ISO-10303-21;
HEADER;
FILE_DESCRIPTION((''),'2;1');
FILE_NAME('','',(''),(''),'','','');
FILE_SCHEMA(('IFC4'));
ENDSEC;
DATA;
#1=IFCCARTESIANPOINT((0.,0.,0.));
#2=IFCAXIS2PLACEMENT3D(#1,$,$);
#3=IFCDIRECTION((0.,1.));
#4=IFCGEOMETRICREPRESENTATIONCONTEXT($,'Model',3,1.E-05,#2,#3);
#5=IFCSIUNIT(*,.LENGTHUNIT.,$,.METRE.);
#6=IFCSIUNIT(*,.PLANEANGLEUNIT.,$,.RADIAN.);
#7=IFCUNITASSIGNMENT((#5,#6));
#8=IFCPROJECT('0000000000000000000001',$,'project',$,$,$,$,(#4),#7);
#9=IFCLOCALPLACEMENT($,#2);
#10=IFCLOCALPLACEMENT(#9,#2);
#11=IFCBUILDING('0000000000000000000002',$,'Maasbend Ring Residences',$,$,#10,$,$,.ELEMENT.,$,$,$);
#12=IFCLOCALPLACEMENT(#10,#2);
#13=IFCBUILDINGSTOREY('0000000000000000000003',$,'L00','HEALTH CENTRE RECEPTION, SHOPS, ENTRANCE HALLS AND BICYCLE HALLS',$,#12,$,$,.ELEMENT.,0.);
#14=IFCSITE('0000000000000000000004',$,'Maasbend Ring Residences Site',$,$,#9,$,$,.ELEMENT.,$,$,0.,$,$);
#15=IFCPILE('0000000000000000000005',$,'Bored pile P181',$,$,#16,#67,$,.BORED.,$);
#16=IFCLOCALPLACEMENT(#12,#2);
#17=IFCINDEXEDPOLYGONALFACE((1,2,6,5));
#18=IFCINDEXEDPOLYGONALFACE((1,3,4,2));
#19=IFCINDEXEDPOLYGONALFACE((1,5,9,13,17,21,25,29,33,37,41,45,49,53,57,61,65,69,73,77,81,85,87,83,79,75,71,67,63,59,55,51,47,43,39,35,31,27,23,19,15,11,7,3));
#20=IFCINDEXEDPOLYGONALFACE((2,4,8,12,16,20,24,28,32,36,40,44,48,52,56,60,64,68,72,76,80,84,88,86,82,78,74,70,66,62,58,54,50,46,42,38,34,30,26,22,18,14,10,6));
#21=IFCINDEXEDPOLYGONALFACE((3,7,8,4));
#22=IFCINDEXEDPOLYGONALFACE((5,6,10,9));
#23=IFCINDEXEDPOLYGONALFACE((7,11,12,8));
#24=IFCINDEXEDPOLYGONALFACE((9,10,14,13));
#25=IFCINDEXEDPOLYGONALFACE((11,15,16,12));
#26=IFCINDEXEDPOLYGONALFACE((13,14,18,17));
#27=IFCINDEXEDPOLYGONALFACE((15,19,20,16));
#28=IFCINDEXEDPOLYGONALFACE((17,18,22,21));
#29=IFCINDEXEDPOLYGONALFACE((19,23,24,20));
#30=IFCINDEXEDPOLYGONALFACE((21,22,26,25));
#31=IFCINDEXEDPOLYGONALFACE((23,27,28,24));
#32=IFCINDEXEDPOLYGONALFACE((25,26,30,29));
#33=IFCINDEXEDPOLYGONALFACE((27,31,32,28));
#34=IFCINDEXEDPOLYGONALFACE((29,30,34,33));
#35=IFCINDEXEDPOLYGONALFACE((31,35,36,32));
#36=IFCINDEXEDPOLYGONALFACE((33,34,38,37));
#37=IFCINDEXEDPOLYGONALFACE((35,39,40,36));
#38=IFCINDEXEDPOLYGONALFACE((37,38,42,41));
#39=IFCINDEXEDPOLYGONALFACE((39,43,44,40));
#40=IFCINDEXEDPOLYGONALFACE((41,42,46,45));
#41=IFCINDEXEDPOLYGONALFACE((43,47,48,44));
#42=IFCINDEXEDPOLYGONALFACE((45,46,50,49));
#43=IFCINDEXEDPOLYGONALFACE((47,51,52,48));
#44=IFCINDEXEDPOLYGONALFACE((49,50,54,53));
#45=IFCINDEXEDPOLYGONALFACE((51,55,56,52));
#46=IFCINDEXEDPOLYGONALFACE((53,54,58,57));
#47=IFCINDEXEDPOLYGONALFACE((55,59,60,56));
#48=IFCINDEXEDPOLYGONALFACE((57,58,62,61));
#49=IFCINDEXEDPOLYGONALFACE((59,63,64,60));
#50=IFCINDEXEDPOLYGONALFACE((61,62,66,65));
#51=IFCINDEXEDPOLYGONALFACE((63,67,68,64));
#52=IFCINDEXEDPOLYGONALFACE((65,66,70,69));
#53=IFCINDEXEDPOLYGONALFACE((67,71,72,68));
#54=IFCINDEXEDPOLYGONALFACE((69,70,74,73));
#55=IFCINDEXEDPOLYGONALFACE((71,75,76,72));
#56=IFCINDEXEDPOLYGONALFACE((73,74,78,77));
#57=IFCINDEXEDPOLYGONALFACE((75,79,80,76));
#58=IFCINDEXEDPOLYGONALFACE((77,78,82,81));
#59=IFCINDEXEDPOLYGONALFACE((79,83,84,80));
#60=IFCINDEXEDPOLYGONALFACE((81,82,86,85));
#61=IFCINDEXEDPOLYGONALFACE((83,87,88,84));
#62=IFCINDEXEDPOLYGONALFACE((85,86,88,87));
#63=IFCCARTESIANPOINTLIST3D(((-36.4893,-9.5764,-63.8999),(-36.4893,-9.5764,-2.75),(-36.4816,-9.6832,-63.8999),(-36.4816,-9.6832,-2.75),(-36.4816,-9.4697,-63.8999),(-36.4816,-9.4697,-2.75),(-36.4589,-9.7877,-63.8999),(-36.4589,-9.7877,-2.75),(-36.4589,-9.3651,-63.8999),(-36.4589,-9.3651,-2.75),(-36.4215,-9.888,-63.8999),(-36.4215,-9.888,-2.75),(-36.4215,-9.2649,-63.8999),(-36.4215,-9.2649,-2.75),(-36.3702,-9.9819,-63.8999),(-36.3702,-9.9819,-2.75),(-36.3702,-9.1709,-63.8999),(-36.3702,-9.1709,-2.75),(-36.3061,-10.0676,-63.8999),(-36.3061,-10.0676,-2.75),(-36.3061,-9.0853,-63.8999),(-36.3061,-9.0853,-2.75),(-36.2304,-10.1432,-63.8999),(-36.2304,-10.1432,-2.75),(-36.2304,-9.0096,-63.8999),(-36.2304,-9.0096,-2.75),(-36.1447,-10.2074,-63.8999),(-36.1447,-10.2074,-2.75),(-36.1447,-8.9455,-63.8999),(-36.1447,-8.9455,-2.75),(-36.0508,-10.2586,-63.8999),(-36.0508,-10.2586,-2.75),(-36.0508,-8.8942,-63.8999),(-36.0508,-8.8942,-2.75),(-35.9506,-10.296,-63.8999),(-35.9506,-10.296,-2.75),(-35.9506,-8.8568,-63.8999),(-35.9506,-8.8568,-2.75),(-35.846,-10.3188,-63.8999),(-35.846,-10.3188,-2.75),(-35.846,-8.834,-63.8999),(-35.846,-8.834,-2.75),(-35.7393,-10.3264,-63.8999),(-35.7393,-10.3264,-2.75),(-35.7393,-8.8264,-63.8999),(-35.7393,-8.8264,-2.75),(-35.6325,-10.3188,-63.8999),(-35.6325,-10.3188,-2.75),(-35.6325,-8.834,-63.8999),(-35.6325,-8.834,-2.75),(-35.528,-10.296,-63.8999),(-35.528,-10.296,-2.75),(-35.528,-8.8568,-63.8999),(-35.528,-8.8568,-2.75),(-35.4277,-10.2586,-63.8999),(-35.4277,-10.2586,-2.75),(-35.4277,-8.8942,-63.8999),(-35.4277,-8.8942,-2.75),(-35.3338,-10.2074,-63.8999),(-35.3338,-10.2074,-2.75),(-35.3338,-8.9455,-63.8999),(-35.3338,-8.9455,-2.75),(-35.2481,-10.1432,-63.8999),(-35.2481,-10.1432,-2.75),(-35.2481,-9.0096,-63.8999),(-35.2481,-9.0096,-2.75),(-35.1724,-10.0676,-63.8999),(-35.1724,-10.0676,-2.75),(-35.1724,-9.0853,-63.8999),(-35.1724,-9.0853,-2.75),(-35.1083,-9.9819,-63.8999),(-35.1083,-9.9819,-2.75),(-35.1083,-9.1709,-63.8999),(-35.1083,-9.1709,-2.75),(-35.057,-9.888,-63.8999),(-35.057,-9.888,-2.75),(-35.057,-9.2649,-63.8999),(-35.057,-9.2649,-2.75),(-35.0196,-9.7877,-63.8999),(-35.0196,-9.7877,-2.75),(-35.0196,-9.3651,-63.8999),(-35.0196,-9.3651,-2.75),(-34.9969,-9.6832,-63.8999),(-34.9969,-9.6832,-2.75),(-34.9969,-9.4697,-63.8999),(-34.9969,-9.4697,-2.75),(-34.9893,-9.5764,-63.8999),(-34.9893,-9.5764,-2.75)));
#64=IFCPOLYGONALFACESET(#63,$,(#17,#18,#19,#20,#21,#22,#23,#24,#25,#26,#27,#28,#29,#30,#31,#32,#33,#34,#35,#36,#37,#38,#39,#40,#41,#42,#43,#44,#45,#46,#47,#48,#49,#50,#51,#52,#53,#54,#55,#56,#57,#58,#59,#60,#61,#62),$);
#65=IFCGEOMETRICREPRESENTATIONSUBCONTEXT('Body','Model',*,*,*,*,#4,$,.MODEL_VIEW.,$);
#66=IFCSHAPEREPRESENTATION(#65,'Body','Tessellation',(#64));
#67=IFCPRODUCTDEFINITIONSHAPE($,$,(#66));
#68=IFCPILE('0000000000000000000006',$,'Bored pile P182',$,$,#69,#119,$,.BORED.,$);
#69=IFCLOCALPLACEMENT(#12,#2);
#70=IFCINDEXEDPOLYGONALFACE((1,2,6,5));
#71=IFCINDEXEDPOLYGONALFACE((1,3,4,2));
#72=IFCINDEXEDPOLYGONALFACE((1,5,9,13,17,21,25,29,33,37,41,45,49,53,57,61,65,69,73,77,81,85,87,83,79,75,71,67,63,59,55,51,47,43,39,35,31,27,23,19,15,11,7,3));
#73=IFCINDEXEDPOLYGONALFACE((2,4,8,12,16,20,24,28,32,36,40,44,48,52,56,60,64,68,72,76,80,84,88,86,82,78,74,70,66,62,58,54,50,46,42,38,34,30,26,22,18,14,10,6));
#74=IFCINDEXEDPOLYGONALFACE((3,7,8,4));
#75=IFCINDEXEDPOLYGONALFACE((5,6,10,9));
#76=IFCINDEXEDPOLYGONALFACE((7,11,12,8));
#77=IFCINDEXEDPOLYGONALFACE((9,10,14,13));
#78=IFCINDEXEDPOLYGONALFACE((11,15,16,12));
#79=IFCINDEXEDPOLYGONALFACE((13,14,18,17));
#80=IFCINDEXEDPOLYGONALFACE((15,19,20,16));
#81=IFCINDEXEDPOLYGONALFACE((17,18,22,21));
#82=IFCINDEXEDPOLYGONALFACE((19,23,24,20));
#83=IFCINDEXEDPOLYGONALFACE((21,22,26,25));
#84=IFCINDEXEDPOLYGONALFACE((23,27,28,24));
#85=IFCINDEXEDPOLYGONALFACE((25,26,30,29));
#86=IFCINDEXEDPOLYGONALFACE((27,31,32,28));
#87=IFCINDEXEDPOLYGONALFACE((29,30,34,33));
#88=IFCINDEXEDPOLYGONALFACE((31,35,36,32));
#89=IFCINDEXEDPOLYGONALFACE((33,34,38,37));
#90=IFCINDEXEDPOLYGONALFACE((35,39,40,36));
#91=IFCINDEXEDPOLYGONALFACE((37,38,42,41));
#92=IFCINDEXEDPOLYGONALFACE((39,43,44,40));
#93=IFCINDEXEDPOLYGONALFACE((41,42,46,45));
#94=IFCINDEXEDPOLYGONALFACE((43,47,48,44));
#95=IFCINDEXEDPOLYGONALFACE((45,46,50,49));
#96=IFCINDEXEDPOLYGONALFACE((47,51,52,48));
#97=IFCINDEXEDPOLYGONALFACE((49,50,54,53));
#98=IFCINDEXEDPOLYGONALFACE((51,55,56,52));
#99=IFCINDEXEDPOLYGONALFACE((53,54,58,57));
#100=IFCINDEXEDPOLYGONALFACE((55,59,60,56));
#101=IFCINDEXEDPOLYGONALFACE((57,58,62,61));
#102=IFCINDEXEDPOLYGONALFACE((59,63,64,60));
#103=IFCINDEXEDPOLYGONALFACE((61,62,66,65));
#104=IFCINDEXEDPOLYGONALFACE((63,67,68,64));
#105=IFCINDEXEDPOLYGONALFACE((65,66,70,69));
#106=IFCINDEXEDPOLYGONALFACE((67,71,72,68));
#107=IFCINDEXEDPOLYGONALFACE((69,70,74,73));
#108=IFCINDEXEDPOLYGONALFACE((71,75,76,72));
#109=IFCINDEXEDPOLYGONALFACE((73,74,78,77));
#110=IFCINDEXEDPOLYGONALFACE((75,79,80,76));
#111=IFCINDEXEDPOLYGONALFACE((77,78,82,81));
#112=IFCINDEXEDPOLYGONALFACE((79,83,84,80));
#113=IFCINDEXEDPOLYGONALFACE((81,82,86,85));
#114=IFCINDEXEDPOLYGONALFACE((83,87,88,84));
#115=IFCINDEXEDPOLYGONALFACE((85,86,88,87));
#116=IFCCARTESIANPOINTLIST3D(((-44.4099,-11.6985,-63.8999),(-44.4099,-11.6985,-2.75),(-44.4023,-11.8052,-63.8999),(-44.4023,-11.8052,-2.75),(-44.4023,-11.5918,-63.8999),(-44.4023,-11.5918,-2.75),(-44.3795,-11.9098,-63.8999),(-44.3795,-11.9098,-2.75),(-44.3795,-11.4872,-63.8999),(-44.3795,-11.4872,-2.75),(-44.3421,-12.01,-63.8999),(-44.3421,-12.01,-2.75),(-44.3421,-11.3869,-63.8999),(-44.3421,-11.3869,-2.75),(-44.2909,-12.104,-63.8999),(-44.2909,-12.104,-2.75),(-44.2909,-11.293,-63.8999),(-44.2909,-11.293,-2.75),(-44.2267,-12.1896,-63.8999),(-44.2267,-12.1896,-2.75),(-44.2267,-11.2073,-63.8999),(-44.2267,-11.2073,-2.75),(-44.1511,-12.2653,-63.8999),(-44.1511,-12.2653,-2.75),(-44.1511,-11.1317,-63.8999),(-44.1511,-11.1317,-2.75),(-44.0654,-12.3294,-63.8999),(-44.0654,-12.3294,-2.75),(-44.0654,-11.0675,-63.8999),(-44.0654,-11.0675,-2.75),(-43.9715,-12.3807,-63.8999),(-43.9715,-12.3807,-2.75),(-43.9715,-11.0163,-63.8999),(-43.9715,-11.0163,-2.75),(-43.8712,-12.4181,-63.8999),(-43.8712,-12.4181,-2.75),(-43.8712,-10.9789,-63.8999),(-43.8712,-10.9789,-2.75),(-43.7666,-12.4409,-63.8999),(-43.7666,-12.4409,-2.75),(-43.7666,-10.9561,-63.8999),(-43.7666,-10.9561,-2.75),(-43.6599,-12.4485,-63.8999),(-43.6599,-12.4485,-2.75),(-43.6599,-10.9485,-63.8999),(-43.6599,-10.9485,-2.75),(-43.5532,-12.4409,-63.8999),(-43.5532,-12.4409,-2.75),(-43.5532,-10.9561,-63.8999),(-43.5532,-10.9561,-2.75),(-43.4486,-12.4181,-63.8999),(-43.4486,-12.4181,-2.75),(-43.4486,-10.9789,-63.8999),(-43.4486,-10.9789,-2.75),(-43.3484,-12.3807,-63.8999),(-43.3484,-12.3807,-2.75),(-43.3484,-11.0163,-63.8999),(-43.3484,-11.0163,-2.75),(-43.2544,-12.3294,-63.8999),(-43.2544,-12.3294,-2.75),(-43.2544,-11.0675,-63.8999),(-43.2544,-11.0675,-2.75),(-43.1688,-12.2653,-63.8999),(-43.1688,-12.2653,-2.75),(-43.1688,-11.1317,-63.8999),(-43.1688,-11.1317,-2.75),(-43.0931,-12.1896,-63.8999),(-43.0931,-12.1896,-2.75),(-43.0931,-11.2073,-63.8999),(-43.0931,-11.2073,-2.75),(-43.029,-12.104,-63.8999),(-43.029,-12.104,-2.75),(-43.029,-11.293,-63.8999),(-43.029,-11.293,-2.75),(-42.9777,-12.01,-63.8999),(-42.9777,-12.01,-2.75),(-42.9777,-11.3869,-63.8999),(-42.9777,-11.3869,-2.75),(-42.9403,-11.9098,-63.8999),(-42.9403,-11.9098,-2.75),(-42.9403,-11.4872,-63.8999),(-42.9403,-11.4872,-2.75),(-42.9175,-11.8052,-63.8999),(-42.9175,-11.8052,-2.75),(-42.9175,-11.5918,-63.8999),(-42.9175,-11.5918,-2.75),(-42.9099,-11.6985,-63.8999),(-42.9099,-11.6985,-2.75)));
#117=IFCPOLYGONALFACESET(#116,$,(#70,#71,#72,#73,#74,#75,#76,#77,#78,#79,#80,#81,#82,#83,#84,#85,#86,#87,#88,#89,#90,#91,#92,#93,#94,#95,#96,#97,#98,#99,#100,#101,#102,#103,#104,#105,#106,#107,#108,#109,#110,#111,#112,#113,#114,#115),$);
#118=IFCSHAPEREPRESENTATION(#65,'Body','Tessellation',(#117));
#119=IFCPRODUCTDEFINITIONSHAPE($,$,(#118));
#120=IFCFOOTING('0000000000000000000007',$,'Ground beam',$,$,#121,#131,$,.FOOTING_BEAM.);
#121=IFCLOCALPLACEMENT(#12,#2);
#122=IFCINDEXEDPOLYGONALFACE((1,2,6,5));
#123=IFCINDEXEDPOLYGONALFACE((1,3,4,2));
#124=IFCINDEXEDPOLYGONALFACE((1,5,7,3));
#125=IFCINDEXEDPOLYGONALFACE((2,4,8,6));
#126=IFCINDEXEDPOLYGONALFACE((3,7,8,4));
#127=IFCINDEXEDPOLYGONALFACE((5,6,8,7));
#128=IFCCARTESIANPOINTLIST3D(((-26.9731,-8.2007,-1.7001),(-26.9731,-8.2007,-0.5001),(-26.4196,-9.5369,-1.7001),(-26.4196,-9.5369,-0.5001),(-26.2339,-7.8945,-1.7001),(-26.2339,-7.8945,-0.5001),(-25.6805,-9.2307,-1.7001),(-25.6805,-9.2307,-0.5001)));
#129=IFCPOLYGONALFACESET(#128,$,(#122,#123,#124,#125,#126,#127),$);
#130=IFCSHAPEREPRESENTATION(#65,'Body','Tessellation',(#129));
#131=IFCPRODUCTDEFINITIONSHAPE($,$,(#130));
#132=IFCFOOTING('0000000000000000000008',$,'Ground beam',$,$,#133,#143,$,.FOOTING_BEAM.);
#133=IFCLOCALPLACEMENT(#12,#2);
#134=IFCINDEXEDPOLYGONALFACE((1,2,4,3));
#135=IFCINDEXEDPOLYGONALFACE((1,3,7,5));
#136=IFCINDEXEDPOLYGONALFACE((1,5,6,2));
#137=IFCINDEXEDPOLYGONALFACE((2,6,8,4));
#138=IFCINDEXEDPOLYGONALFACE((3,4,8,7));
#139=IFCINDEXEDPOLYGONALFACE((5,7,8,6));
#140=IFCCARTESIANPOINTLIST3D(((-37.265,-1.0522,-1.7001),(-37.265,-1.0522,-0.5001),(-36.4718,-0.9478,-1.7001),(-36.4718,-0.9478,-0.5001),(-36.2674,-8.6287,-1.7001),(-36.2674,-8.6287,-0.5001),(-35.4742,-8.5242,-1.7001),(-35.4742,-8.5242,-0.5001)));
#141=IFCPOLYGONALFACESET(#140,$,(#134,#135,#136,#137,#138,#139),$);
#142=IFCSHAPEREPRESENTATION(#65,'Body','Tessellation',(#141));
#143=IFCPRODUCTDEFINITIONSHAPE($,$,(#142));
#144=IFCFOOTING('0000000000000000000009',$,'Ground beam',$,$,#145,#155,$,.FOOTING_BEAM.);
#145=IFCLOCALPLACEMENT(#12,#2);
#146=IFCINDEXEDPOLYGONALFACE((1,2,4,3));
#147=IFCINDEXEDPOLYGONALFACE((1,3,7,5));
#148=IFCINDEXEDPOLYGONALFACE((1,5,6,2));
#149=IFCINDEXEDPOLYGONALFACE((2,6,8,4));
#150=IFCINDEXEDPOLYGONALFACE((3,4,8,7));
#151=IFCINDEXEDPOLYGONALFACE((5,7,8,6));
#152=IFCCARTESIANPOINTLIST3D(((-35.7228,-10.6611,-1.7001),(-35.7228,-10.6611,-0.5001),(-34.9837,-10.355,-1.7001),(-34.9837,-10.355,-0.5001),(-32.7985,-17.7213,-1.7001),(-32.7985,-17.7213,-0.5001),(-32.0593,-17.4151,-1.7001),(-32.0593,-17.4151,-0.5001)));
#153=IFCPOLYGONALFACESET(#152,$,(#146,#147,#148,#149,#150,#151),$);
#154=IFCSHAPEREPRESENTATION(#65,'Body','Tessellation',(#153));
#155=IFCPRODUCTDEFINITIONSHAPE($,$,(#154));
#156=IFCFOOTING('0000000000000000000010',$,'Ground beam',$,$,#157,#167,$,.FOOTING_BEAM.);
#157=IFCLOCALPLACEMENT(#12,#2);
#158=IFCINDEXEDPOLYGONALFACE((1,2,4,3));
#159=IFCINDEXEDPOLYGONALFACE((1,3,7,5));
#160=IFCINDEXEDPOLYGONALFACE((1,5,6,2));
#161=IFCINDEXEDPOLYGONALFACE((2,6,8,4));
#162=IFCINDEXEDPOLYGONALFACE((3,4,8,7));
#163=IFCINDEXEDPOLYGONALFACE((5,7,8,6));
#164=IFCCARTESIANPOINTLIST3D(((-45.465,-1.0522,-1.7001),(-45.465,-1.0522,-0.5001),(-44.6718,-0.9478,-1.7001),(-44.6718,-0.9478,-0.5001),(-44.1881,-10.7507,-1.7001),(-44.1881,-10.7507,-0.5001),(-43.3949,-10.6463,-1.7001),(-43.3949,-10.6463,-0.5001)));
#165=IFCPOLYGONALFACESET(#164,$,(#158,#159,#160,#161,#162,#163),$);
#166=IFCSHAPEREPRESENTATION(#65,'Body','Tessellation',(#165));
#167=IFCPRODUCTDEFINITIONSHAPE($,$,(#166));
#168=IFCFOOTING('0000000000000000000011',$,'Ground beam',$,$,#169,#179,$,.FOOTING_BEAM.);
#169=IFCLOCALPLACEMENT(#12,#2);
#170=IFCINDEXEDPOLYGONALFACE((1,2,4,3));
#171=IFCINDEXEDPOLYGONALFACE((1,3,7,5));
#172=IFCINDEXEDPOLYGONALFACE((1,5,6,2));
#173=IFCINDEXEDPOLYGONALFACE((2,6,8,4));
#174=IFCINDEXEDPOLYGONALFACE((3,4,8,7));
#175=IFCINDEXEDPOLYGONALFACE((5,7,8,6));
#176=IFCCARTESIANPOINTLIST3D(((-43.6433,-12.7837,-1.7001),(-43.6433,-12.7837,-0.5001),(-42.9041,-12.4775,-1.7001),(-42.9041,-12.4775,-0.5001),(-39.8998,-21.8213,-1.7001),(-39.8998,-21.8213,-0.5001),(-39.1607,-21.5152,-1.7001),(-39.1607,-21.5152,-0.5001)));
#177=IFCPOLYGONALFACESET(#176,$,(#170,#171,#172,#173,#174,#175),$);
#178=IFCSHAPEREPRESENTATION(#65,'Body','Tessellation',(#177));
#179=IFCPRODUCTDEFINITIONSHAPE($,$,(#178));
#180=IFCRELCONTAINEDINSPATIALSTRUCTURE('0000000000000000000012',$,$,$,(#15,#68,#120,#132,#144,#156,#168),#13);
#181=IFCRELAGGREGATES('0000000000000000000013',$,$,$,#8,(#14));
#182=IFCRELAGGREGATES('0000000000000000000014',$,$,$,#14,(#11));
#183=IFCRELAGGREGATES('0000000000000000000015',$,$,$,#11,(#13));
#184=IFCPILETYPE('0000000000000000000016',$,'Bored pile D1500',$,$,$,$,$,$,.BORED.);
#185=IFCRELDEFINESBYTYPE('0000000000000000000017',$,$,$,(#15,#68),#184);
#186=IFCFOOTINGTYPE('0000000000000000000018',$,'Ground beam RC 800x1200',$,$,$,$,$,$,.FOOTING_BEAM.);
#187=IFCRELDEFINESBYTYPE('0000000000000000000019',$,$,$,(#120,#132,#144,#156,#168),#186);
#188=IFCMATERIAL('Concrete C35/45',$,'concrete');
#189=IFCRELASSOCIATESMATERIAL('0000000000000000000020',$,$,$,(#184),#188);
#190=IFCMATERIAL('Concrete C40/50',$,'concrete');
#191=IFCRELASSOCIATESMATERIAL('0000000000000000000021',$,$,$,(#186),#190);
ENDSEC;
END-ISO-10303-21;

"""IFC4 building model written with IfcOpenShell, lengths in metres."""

from ifc_helpers import new_model, si_unit, direction, frame, origin, origin_2d, place, context, subcontext, project, spatial, rectangle, circle, extrude, material, material_profile, profile_set, type_object, element, save


model = new_model("IFC4")

# Units and contexts
model_context = context("Model", 3, precision=1e-05, world=origin(), true_north=direction((0.0, 1.0)))
body_context = subcontext(model_context, "Body", "Model", "MODEL_VIEW")
ifc_project = project(units=[si_unit("LENGTHUNIT", "METRE"), si_unit("PLANEANGLEUNIT", "RADIAN")], contexts=[model_context])

# Site, building, storey
site_placement = place(None, origin())
site = spatial("IfcSite", under=ifc_project, at=site_placement, Name="Maasbend Ring Residences Site", CompositionType="ELEMENT", RefElevation=0.0)
building_placement = place(site_placement, origin())
building = spatial("IfcBuilding", under=site, at=building_placement, Name="Maasbend Ring Residences", CompositionType="ELEMENT")
storey_placement = place(building_placement, origin())
storey = spatial("IfcBuildingStorey", under=building, at=storey_placement, Name="L00", Description="HEALTH CENTRE RECEPTION, SHOPS, ENTRANCE HALLS AND BICYCLE HALLS", CompositionType="ELEMENT", Elevation=0.0)

# Piles
ifc_material_1 = material(Name="Concrete C35/45", Category="concrete")
ifc_material_profile_1 = material_profile(ifc_material_1, circle(Radius=0.75, at=origin_2d()), Name="Bored pile D1500")
ifc_profile_set_1 = profile_set([ifc_material_profile_1], Name="Concrete C35/45")
pile_type = type_object("IfcPileType", Name="Bored pile D1500", PredefinedType="BORED", material=ifc_profile_set_1)
for number, where, z_axis, x_axis, name in (
    (1, (-35.7393, -9.5764, -2.75), (0.0, 0.0, -1.0), (1.0, 0.0, 0.0), "Bored pile P181"),
    (2, (-43.6599, -11.6985, -2.75), (0.0, 0.0, -1.0), (1.0, 0.0, 0.0), "Bored pile P182"),
):
    element("IfcPile", number, at=place(storey_placement, frame(where, z_axis=z_axis, x_axis=x_axis)), inside=storey, type_object=pile_type, Name=name, PredefinedType="BORED", context=body_context, shape_type="SweptSolid", body=[
        extrude(circle(Radius=0.75, at=origin_2d()), origin(), (0.0, 0.0, 1.0), 61.1499),
    ])

# Footings
ifc_material_2 = material(Name="Concrete C40/50", Category="concrete")
ifc_material_profile_2 = material_profile(ifc_material_2, rectangle(XDim=0.8, YDim=1.2, at=origin_2d()), Name="Ground beam RC 800x1200")
ifc_profile_set_2 = profile_set([ifc_material_profile_2], Name="Concrete C40/50")
footing_type = type_object("IfcFootingType", Name="Ground beam RC 800x1200", PredefinedType="FOOTING_BEAM", material=ifc_profile_set_2)
footing_placement = place(storey_placement, frame((-26.6035, -8.0476, -1.1001), z_axis=(0.382685, -0.923879, 0.0), x_axis=(0.923879, 0.382685, 0.0)))
element("IfcFooting", 3, at=footing_placement, inside=storey, type_object=footing_type, Name="Ground beam", PredefinedType="FOOTING_BEAM", context=body_context, shape_type="SweptSolid", body=[
    extrude(rectangle(XDim=0.8, YDim=1.2, at=origin_2d()), origin(), (0.0, 0.0, 1.0), 1.4463),
])
for number, where, z_axis, x_axis, name in (
    (4, (-36.8684, -1.0, -1.1001), (0.13054, -0.991443, 0.0), (0.991443, 0.13054, 0.0), "Ground beam"),
    (5, (-35.3533, -10.5081, -1.1001), (0.382677, -0.923882, 0.0), (0.923882, 0.382677, 0.0), "Ground beam"),
):
    element("IfcFooting", number, at=place(storey_placement, frame(where, z_axis=z_axis, x_axis=x_axis)), inside=storey, type_object=footing_type, Name=name, PredefinedType="FOOTING_BEAM", context=body_context, shape_type="SweptSolid", body=[
        extrude(rectangle(XDim=0.8, YDim=1.2, at=origin_2d()), origin(), (0.0, 0.0, 1.0), 7.6418),
    ])
for number, where, z_axis, x_axis, name in (
    (6, (-45.0684, -1.0, -1.1001), (0.130529, -0.991445, 0.0), (0.991445, 0.130529, 0.0), "Ground beam"),
    (7, (-43.2737, -12.6306, -1.1001), (0.382676, -0.923883, 0.0), (0.923883, 0.382676, 0.0), "Ground beam"),
):
    element("IfcFooting", number, at=place(storey_placement, frame(where, z_axis=z_axis, x_axis=x_axis)), inside=storey, type_object=footing_type, Name=name, PredefinedType="FOOTING_BEAM", context=body_context, shape_type="SweptSolid", body=[
        extrude(rectangle(XDim=0.8, YDim=1.2, at=origin_2d()), origin(), (0.0, 0.0, 1.0), 9.7822),
    ])

save(model, "model.ifc")
